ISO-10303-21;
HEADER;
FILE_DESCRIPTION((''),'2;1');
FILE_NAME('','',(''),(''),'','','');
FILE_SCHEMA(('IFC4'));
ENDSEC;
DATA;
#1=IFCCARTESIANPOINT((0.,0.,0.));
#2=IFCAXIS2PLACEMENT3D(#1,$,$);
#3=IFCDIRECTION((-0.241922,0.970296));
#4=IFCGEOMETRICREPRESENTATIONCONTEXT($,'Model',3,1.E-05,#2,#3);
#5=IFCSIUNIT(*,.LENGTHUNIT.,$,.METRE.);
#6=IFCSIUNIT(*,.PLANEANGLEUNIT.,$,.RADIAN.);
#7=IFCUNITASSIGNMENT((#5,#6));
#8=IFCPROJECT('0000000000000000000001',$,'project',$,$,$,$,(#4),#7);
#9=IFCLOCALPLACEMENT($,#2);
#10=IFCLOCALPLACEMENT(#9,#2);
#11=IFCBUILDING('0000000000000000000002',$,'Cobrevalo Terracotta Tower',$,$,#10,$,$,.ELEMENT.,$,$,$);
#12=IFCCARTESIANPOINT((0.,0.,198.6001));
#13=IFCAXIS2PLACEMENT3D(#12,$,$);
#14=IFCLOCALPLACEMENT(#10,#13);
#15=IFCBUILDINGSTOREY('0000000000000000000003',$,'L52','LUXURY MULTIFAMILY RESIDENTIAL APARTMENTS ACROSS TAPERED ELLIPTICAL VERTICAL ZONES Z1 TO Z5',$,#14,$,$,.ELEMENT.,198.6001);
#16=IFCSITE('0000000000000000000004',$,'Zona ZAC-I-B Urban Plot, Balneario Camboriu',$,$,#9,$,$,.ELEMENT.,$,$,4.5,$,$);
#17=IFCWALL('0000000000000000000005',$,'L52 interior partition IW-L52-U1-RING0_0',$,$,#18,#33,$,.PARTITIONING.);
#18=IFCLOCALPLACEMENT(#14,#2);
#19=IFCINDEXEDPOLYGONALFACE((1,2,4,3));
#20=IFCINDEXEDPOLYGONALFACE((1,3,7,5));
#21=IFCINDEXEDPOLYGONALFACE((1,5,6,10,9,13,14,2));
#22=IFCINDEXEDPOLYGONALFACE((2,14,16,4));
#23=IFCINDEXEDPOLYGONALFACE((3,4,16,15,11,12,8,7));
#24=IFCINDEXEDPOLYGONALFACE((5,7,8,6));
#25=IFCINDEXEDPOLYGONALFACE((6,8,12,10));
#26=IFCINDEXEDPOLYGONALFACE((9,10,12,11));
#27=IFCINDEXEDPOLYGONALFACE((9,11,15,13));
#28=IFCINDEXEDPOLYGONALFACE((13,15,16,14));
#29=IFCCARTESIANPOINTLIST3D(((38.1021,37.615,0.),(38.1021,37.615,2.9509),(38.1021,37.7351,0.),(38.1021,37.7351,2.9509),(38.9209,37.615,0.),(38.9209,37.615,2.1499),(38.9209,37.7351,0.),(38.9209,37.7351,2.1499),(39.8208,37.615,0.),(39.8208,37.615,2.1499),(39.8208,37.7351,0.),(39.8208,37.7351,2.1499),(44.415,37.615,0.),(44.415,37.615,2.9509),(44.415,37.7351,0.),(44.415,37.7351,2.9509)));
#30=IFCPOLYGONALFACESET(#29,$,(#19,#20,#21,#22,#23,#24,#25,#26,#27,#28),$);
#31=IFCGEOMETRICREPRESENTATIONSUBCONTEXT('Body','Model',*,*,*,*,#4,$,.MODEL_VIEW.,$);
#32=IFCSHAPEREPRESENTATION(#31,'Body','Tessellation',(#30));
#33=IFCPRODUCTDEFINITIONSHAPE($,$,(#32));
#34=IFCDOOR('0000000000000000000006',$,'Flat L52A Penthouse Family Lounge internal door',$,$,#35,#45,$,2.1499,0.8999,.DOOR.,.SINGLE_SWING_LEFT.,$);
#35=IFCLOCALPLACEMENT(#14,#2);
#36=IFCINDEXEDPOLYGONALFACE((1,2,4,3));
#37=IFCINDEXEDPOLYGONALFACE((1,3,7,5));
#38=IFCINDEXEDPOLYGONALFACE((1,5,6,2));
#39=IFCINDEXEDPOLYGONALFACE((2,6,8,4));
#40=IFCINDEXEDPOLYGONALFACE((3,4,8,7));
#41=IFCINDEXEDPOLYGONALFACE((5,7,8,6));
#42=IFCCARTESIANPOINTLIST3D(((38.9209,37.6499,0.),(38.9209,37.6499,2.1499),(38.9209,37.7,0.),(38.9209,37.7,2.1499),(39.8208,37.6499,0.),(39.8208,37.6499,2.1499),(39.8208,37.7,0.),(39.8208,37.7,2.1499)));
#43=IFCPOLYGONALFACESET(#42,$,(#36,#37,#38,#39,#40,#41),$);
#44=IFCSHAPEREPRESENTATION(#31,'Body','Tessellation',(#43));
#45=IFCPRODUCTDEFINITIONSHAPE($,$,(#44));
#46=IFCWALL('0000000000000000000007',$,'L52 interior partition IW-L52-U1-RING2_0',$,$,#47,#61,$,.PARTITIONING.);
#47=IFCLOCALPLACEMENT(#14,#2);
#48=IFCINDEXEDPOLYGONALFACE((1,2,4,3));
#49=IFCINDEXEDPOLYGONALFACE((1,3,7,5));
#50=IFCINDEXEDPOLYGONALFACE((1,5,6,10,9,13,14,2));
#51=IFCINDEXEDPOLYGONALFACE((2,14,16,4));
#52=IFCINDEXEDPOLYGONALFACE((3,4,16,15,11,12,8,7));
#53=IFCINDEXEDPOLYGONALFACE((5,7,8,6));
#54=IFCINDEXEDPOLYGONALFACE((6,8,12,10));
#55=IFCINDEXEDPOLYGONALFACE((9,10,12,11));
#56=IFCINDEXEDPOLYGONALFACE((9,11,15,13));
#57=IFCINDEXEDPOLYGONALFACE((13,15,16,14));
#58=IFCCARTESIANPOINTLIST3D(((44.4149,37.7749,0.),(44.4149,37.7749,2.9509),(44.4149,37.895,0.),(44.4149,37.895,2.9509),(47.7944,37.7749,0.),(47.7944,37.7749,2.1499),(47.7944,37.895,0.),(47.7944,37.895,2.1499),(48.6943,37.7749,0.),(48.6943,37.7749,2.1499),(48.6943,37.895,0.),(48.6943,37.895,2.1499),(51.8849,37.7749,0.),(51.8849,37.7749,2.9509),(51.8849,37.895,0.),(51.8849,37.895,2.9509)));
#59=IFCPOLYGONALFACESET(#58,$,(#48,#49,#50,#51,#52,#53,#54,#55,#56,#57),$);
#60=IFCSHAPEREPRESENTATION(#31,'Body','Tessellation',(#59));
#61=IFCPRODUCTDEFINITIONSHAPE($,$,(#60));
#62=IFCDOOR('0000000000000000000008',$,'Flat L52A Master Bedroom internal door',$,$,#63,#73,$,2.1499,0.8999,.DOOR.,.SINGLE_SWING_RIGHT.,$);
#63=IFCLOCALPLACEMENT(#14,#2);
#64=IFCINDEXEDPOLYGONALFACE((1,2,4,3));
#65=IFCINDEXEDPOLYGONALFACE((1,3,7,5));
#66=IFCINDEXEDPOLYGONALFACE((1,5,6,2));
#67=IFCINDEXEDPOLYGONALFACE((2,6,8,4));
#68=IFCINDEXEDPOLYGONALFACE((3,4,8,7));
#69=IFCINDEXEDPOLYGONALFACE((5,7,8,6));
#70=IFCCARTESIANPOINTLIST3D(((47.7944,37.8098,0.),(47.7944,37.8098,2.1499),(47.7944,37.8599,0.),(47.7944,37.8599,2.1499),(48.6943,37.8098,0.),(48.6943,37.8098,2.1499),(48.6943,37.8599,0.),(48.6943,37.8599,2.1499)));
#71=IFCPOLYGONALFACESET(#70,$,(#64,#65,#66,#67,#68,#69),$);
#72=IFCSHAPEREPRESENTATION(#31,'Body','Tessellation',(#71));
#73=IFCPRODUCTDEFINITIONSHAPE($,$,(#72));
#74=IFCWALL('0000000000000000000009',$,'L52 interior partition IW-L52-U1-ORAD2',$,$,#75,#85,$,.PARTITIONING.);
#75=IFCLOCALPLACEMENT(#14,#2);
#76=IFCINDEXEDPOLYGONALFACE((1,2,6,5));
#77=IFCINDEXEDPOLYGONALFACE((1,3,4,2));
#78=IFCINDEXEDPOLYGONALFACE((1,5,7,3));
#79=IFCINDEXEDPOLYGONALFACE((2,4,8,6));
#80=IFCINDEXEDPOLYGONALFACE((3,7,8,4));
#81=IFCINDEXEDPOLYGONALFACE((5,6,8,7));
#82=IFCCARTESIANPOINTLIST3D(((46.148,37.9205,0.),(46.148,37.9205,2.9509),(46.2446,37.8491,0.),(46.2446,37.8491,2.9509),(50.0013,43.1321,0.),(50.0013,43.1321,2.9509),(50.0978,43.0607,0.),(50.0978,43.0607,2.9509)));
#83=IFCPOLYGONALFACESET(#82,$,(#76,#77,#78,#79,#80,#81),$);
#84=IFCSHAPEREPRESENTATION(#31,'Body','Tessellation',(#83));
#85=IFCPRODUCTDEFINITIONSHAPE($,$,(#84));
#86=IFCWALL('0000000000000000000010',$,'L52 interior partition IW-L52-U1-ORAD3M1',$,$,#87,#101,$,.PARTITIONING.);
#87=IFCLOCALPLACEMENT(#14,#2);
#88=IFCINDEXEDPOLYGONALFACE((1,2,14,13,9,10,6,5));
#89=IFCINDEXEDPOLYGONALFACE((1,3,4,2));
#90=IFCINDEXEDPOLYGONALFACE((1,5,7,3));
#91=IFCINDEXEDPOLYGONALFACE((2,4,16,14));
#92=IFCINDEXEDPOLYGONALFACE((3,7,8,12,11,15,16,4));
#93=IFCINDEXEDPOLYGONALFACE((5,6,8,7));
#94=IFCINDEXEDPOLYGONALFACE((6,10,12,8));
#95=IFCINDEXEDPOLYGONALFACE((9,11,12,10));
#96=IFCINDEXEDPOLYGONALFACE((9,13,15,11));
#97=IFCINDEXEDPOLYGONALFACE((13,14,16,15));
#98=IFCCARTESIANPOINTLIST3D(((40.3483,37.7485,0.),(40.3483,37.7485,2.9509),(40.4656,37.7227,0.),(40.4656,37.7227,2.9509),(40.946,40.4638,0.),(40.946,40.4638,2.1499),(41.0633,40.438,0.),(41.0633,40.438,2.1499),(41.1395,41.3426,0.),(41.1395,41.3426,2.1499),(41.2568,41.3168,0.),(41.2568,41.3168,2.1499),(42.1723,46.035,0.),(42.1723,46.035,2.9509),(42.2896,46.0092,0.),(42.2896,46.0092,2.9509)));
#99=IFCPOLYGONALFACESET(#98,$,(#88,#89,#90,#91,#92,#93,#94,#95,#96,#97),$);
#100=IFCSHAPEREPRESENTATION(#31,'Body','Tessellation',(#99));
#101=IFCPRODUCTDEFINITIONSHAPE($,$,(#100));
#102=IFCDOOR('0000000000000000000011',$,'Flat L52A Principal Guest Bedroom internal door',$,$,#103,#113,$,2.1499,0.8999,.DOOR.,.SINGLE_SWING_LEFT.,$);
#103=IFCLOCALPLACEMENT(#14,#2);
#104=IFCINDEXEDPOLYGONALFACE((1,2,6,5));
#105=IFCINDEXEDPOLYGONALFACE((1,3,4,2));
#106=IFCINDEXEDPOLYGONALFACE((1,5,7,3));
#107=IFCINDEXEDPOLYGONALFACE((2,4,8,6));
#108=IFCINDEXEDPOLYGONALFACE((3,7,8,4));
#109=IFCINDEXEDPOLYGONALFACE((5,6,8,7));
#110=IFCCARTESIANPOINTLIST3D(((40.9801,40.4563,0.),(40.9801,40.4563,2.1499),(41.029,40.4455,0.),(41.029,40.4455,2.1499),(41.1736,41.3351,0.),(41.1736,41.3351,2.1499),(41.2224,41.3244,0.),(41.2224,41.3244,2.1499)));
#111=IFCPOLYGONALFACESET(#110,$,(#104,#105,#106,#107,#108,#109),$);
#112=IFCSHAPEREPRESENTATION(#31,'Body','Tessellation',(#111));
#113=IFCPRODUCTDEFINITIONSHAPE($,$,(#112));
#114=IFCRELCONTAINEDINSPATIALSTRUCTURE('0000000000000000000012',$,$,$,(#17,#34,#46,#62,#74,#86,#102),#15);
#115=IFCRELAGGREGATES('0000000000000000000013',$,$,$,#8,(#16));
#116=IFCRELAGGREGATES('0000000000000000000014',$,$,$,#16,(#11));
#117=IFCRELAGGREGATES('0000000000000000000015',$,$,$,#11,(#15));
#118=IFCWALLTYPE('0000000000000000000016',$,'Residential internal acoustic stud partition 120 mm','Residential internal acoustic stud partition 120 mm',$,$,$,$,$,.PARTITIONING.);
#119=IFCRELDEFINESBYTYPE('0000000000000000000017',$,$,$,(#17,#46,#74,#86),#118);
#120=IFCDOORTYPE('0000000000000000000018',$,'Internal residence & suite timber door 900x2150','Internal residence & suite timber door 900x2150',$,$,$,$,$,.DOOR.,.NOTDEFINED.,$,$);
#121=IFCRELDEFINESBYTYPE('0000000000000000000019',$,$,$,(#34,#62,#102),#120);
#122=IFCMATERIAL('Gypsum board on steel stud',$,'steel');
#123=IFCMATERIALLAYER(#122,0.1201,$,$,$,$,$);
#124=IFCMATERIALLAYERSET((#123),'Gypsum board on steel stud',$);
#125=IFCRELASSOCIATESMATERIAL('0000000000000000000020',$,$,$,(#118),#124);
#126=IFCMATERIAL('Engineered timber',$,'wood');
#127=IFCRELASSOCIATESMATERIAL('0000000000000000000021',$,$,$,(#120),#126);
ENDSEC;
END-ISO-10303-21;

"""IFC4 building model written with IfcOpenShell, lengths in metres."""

from ifc_helpers import new_model, si_unit, direction, frame, frame_2d, origin, place, context, subcontext, project, spatial, rectangle, extrude, source, transform, mapped, material, layer, layer_set, type_object, element, fill, save


model = new_model("IFC4")

# Units and contexts
model_context = context("Model", 3, precision=1e-05, world=origin(), true_north=direction((-0.241922, 0.970296)))
body_context = subcontext(model_context, "Body", "Model", "MODEL_VIEW")
ifc_project = project(units=[si_unit("LENGTHUNIT", "METRE"), si_unit("PLANEANGLEUNIT", "RADIAN")], contexts=[model_context])

# Site, building, storey
site_placement = place(None, origin())
site = spatial("IfcSite", under=ifc_project, at=site_placement, Name="Zona ZAC-I-B Urban Plot, Balneario Camboriu", CompositionType="ELEMENT", RefElevation=4.5)
building_placement = place(site_placement, origin())
building = spatial("IfcBuilding", under=site, at=building_placement, Name="Cobrevalo Terracotta Tower", CompositionType="ELEMENT")
storey_placement = place(building_placement, frame((0.0, 0.0, 198.6001)))
storey = spatial("IfcBuildingStorey", under=building, at=storey_placement, Name="L52", Description="LUXURY MULTIFAMILY RESIDENTIAL APARTMENTS ACROSS TAPERED ELLIPTICAL VERTICAL ZONES Z1 TO Z5", CompositionType="ELEMENT", Elevation=198.6001)

# Shared definitions
ifc_material_1 = material(Name="Gypsum board on steel stud", Category="steel")

# Walls, openings, doors
ifc_layer_1 = layer(ifc_material_1, 0.1201)
ifc_layer_set_1 = layer_set([ifc_layer_1], Name="Gypsum board on steel stud")
wall_type_1 = type_object("IfcWallType", Name="Residential internal acoustic stud partition 120 mm", Description="Residential internal acoustic stud partition 120 mm", PredefinedType="PARTITIONING", material=ifc_layer_set_1)
wall_1_placement = place(storey_placement, frame((38.1021, 37.675, 0.0), z_axis=(0.0, 0.0, 1.0), x_axis=(1.0, 0.0, 0.0)))
wall_1 = element("IfcWall", 1, at=wall_1_placement, inside=storey, type_object=wall_type_1, Name="L52 interior partition IW-L52-U1-RING0_0", PredefinedType="PARTITIONING", context=body_context, shape_type="SweptSolid", body=[
    extrude(rectangle(XDim=6.313, YDim=0.1201, at=frame_2d((3.1565, 0.0))), origin(), (0.0, 0.0, 1.0), 2.9509),
])
opening_1_placement = place(wall_1_placement, frame((0.8188, 0.0, 0.0)))
opening_1 = element("IfcOpeningElement", 2, at=opening_1_placement, cuts=wall_1, PredefinedType="OPENING", context=body_context, shape_type="SweptSolid", body=[
    extrude(rectangle(XDim=0.8999, YDim=2.1499, at=frame_2d((0.45, 1.075))), frame((0.0, 0.0701, 0.0), z_axis=(0.0, -1.0, 0.0), x_axis=(1.0, 0.0, 0.0)), (0.0, 0.0, 1.0), 0.1401),
])
ifc_material_2 = material(Name="Engineered timber", Category="wood")
door_type_1 = type_object("IfcDoorType", Name="Internal residence & suite timber door 900x2150", Description="Internal residence & suite timber door 900x2150", OperationType="NOTDEFINED", PredefinedType="DOOR", material=ifc_material_2)
shared_shape_1 = source(origin(), body_context, "Body", "SweptSolid", [
    extrude(rectangle(XDim=0.8999, YDim=2.1499, at=frame_2d((0.45, 1.075))), frame((0.0, 0.0249, 0.0), z_axis=(0.0, -1.0, 0.0), x_axis=(1.0, 0.0, 0.0)), (0.0, 0.0, 1.0), 0.05),
])
door_1_placement = place(opening_1_placement, origin())
door_1 = element("IfcDoor", 3, at=door_1_placement, inside=storey, type_object=door_type_1, Name="Flat L52A Penthouse Family Lounge internal door", OperationType="SINGLE_SWING_LEFT", OverallHeight=2.1499, OverallWidth=0.8999, PredefinedType="DOOR", context=body_context, shape_type="MappedRepresentation", body=[
    mapped(shared_shape_1, transform((0.0, 0.0, 0.0), scale=1.0)),
])
fill(opening_1, door_1)
wall_2_placement = place(storey_placement, frame((44.415, 37.835, 0.0), z_axis=(0.0, 0.0, 1.0), x_axis=(1.0, 0.0, 0.0)))
wall_2 = element("IfcWall", 4, at=wall_2_placement, inside=storey, type_object=wall_type_1, Name="L52 interior partition IW-L52-U1-RING2_0", PredefinedType="PARTITIONING", context=body_context, shape_type="SweptSolid", body=[
    extrude(rectangle(XDim=7.47, YDim=0.1201, at=frame_2d((3.7349, 0.0))), origin(), (0.0, 0.0, 1.0), 2.9509),
])
opening_2_placement = place(wall_2_placement, frame((3.3794, 0.0, 0.0)))
opening_2 = element("IfcOpeningElement", 5, at=opening_2_placement, cuts=wall_2, PredefinedType="OPENING", context=body_context, shape_type="SweptSolid", body=[
    extrude(rectangle(XDim=0.8999, YDim=2.1499, at=frame_2d((0.45, 1.075))), frame((0.0, 0.0701, 0.0), z_axis=(0.0, -1.0, 0.0), x_axis=(1.0, 0.0, 0.0)), (0.0, 0.0, 1.0), 0.1401),
])
door_2_placement = place(opening_2_placement, origin())
door_2 = element("IfcDoor", 6, at=door_2_placement, inside=storey, type_object=door_type_1, Name="Flat L52A Master Bedroom internal door", OperationType="SINGLE_SWING_RIGHT", OverallHeight=2.1499, OverallWidth=0.8999, PredefinedType="DOOR", context=body_context, shape_type="MappedRepresentation", body=[
    mapped(shared_shape_1, transform((0.0, 0.0, 0.0), scale=1.0)),
])
fill(opening_2, door_2)

# Wall
wall_3_placement = place(storey_placement, frame((46.1963, 37.8848, 0.0), z_axis=(0.0, 0.0, 1.0), x_axis=(0.594508, 0.80409, 0.0)))
element("IfcWall", 7, at=wall_3_placement, inside=storey, type_object=wall_type_1, Name="L52 interior partition IW-L52-U1-ORAD2", PredefinedType="PARTITIONING", context=body_context, shape_type="SweptSolid", body=[
    extrude(rectangle(XDim=6.4814, YDim=0.1201, at=frame_2d((3.2407, 0.0))), origin(), (0.0, 0.0, 1.0), 2.9509),
])

# Wall, opening, door
wall_4_placement = place(storey_placement, frame((40.407, 37.7356, 0.0), z_axis=(0.0, 0.0, 1.0), x_axis=(0.214971, 0.97662, 0.0)))
wall_4 = element("IfcWall", 8, at=wall_4_placement, inside=storey, type_object=wall_type_1, Name="L52 interior partition IW-L52-U1-ORAD3M1", PredefinedType="PARTITIONING", context=body_context, shape_type="SweptSolid", body=[
    extrude(rectangle(XDim=8.4849, YDim=0.1201, at=frame_2d((4.2424, 0.0))), origin(), (0.0, 0.0, 1.0), 2.9509),
])
opening_3_placement = place(wall_4_placement, frame((2.7803, 0.0, 0.0)))
opening_3 = element("IfcOpeningElement", 9, at=opening_3_placement, cuts=wall_4, PredefinedType="OPENING", context=body_context, shape_type="SweptSolid", body=[
    extrude(rectangle(XDim=0.8999, YDim=2.1499, at=frame_2d((0.45, 1.075))), frame((0.0, 0.0701, 0.0), z_axis=(0.0, -1.0, 0.0), x_axis=(1.0, 0.0, 0.0)), (0.0, 0.0, 1.0), 0.1401),
])
door_3_placement = place(opening_3_placement, frame((0.8999, 0.0, 0.0), z_axis=(0.0, 0.0, 1.0), x_axis=(-1.0, 0.0, 0.0)))
door_3 = element("IfcDoor", 10, at=door_3_placement, inside=storey, type_object=door_type_1, Name="Flat L52A Principal Guest Bedroom internal door", OperationType="SINGLE_SWING_LEFT", OverallHeight=2.1499, OverallWidth=0.8999, PredefinedType="DOOR", context=body_context, shape_type="MappedRepresentation", body=[
    mapped(shared_shape_1, transform((0.0, 0.0, 0.0), scale=1.0)),
])
fill(opening_3, door_3)

save(model, "model.ifc")
